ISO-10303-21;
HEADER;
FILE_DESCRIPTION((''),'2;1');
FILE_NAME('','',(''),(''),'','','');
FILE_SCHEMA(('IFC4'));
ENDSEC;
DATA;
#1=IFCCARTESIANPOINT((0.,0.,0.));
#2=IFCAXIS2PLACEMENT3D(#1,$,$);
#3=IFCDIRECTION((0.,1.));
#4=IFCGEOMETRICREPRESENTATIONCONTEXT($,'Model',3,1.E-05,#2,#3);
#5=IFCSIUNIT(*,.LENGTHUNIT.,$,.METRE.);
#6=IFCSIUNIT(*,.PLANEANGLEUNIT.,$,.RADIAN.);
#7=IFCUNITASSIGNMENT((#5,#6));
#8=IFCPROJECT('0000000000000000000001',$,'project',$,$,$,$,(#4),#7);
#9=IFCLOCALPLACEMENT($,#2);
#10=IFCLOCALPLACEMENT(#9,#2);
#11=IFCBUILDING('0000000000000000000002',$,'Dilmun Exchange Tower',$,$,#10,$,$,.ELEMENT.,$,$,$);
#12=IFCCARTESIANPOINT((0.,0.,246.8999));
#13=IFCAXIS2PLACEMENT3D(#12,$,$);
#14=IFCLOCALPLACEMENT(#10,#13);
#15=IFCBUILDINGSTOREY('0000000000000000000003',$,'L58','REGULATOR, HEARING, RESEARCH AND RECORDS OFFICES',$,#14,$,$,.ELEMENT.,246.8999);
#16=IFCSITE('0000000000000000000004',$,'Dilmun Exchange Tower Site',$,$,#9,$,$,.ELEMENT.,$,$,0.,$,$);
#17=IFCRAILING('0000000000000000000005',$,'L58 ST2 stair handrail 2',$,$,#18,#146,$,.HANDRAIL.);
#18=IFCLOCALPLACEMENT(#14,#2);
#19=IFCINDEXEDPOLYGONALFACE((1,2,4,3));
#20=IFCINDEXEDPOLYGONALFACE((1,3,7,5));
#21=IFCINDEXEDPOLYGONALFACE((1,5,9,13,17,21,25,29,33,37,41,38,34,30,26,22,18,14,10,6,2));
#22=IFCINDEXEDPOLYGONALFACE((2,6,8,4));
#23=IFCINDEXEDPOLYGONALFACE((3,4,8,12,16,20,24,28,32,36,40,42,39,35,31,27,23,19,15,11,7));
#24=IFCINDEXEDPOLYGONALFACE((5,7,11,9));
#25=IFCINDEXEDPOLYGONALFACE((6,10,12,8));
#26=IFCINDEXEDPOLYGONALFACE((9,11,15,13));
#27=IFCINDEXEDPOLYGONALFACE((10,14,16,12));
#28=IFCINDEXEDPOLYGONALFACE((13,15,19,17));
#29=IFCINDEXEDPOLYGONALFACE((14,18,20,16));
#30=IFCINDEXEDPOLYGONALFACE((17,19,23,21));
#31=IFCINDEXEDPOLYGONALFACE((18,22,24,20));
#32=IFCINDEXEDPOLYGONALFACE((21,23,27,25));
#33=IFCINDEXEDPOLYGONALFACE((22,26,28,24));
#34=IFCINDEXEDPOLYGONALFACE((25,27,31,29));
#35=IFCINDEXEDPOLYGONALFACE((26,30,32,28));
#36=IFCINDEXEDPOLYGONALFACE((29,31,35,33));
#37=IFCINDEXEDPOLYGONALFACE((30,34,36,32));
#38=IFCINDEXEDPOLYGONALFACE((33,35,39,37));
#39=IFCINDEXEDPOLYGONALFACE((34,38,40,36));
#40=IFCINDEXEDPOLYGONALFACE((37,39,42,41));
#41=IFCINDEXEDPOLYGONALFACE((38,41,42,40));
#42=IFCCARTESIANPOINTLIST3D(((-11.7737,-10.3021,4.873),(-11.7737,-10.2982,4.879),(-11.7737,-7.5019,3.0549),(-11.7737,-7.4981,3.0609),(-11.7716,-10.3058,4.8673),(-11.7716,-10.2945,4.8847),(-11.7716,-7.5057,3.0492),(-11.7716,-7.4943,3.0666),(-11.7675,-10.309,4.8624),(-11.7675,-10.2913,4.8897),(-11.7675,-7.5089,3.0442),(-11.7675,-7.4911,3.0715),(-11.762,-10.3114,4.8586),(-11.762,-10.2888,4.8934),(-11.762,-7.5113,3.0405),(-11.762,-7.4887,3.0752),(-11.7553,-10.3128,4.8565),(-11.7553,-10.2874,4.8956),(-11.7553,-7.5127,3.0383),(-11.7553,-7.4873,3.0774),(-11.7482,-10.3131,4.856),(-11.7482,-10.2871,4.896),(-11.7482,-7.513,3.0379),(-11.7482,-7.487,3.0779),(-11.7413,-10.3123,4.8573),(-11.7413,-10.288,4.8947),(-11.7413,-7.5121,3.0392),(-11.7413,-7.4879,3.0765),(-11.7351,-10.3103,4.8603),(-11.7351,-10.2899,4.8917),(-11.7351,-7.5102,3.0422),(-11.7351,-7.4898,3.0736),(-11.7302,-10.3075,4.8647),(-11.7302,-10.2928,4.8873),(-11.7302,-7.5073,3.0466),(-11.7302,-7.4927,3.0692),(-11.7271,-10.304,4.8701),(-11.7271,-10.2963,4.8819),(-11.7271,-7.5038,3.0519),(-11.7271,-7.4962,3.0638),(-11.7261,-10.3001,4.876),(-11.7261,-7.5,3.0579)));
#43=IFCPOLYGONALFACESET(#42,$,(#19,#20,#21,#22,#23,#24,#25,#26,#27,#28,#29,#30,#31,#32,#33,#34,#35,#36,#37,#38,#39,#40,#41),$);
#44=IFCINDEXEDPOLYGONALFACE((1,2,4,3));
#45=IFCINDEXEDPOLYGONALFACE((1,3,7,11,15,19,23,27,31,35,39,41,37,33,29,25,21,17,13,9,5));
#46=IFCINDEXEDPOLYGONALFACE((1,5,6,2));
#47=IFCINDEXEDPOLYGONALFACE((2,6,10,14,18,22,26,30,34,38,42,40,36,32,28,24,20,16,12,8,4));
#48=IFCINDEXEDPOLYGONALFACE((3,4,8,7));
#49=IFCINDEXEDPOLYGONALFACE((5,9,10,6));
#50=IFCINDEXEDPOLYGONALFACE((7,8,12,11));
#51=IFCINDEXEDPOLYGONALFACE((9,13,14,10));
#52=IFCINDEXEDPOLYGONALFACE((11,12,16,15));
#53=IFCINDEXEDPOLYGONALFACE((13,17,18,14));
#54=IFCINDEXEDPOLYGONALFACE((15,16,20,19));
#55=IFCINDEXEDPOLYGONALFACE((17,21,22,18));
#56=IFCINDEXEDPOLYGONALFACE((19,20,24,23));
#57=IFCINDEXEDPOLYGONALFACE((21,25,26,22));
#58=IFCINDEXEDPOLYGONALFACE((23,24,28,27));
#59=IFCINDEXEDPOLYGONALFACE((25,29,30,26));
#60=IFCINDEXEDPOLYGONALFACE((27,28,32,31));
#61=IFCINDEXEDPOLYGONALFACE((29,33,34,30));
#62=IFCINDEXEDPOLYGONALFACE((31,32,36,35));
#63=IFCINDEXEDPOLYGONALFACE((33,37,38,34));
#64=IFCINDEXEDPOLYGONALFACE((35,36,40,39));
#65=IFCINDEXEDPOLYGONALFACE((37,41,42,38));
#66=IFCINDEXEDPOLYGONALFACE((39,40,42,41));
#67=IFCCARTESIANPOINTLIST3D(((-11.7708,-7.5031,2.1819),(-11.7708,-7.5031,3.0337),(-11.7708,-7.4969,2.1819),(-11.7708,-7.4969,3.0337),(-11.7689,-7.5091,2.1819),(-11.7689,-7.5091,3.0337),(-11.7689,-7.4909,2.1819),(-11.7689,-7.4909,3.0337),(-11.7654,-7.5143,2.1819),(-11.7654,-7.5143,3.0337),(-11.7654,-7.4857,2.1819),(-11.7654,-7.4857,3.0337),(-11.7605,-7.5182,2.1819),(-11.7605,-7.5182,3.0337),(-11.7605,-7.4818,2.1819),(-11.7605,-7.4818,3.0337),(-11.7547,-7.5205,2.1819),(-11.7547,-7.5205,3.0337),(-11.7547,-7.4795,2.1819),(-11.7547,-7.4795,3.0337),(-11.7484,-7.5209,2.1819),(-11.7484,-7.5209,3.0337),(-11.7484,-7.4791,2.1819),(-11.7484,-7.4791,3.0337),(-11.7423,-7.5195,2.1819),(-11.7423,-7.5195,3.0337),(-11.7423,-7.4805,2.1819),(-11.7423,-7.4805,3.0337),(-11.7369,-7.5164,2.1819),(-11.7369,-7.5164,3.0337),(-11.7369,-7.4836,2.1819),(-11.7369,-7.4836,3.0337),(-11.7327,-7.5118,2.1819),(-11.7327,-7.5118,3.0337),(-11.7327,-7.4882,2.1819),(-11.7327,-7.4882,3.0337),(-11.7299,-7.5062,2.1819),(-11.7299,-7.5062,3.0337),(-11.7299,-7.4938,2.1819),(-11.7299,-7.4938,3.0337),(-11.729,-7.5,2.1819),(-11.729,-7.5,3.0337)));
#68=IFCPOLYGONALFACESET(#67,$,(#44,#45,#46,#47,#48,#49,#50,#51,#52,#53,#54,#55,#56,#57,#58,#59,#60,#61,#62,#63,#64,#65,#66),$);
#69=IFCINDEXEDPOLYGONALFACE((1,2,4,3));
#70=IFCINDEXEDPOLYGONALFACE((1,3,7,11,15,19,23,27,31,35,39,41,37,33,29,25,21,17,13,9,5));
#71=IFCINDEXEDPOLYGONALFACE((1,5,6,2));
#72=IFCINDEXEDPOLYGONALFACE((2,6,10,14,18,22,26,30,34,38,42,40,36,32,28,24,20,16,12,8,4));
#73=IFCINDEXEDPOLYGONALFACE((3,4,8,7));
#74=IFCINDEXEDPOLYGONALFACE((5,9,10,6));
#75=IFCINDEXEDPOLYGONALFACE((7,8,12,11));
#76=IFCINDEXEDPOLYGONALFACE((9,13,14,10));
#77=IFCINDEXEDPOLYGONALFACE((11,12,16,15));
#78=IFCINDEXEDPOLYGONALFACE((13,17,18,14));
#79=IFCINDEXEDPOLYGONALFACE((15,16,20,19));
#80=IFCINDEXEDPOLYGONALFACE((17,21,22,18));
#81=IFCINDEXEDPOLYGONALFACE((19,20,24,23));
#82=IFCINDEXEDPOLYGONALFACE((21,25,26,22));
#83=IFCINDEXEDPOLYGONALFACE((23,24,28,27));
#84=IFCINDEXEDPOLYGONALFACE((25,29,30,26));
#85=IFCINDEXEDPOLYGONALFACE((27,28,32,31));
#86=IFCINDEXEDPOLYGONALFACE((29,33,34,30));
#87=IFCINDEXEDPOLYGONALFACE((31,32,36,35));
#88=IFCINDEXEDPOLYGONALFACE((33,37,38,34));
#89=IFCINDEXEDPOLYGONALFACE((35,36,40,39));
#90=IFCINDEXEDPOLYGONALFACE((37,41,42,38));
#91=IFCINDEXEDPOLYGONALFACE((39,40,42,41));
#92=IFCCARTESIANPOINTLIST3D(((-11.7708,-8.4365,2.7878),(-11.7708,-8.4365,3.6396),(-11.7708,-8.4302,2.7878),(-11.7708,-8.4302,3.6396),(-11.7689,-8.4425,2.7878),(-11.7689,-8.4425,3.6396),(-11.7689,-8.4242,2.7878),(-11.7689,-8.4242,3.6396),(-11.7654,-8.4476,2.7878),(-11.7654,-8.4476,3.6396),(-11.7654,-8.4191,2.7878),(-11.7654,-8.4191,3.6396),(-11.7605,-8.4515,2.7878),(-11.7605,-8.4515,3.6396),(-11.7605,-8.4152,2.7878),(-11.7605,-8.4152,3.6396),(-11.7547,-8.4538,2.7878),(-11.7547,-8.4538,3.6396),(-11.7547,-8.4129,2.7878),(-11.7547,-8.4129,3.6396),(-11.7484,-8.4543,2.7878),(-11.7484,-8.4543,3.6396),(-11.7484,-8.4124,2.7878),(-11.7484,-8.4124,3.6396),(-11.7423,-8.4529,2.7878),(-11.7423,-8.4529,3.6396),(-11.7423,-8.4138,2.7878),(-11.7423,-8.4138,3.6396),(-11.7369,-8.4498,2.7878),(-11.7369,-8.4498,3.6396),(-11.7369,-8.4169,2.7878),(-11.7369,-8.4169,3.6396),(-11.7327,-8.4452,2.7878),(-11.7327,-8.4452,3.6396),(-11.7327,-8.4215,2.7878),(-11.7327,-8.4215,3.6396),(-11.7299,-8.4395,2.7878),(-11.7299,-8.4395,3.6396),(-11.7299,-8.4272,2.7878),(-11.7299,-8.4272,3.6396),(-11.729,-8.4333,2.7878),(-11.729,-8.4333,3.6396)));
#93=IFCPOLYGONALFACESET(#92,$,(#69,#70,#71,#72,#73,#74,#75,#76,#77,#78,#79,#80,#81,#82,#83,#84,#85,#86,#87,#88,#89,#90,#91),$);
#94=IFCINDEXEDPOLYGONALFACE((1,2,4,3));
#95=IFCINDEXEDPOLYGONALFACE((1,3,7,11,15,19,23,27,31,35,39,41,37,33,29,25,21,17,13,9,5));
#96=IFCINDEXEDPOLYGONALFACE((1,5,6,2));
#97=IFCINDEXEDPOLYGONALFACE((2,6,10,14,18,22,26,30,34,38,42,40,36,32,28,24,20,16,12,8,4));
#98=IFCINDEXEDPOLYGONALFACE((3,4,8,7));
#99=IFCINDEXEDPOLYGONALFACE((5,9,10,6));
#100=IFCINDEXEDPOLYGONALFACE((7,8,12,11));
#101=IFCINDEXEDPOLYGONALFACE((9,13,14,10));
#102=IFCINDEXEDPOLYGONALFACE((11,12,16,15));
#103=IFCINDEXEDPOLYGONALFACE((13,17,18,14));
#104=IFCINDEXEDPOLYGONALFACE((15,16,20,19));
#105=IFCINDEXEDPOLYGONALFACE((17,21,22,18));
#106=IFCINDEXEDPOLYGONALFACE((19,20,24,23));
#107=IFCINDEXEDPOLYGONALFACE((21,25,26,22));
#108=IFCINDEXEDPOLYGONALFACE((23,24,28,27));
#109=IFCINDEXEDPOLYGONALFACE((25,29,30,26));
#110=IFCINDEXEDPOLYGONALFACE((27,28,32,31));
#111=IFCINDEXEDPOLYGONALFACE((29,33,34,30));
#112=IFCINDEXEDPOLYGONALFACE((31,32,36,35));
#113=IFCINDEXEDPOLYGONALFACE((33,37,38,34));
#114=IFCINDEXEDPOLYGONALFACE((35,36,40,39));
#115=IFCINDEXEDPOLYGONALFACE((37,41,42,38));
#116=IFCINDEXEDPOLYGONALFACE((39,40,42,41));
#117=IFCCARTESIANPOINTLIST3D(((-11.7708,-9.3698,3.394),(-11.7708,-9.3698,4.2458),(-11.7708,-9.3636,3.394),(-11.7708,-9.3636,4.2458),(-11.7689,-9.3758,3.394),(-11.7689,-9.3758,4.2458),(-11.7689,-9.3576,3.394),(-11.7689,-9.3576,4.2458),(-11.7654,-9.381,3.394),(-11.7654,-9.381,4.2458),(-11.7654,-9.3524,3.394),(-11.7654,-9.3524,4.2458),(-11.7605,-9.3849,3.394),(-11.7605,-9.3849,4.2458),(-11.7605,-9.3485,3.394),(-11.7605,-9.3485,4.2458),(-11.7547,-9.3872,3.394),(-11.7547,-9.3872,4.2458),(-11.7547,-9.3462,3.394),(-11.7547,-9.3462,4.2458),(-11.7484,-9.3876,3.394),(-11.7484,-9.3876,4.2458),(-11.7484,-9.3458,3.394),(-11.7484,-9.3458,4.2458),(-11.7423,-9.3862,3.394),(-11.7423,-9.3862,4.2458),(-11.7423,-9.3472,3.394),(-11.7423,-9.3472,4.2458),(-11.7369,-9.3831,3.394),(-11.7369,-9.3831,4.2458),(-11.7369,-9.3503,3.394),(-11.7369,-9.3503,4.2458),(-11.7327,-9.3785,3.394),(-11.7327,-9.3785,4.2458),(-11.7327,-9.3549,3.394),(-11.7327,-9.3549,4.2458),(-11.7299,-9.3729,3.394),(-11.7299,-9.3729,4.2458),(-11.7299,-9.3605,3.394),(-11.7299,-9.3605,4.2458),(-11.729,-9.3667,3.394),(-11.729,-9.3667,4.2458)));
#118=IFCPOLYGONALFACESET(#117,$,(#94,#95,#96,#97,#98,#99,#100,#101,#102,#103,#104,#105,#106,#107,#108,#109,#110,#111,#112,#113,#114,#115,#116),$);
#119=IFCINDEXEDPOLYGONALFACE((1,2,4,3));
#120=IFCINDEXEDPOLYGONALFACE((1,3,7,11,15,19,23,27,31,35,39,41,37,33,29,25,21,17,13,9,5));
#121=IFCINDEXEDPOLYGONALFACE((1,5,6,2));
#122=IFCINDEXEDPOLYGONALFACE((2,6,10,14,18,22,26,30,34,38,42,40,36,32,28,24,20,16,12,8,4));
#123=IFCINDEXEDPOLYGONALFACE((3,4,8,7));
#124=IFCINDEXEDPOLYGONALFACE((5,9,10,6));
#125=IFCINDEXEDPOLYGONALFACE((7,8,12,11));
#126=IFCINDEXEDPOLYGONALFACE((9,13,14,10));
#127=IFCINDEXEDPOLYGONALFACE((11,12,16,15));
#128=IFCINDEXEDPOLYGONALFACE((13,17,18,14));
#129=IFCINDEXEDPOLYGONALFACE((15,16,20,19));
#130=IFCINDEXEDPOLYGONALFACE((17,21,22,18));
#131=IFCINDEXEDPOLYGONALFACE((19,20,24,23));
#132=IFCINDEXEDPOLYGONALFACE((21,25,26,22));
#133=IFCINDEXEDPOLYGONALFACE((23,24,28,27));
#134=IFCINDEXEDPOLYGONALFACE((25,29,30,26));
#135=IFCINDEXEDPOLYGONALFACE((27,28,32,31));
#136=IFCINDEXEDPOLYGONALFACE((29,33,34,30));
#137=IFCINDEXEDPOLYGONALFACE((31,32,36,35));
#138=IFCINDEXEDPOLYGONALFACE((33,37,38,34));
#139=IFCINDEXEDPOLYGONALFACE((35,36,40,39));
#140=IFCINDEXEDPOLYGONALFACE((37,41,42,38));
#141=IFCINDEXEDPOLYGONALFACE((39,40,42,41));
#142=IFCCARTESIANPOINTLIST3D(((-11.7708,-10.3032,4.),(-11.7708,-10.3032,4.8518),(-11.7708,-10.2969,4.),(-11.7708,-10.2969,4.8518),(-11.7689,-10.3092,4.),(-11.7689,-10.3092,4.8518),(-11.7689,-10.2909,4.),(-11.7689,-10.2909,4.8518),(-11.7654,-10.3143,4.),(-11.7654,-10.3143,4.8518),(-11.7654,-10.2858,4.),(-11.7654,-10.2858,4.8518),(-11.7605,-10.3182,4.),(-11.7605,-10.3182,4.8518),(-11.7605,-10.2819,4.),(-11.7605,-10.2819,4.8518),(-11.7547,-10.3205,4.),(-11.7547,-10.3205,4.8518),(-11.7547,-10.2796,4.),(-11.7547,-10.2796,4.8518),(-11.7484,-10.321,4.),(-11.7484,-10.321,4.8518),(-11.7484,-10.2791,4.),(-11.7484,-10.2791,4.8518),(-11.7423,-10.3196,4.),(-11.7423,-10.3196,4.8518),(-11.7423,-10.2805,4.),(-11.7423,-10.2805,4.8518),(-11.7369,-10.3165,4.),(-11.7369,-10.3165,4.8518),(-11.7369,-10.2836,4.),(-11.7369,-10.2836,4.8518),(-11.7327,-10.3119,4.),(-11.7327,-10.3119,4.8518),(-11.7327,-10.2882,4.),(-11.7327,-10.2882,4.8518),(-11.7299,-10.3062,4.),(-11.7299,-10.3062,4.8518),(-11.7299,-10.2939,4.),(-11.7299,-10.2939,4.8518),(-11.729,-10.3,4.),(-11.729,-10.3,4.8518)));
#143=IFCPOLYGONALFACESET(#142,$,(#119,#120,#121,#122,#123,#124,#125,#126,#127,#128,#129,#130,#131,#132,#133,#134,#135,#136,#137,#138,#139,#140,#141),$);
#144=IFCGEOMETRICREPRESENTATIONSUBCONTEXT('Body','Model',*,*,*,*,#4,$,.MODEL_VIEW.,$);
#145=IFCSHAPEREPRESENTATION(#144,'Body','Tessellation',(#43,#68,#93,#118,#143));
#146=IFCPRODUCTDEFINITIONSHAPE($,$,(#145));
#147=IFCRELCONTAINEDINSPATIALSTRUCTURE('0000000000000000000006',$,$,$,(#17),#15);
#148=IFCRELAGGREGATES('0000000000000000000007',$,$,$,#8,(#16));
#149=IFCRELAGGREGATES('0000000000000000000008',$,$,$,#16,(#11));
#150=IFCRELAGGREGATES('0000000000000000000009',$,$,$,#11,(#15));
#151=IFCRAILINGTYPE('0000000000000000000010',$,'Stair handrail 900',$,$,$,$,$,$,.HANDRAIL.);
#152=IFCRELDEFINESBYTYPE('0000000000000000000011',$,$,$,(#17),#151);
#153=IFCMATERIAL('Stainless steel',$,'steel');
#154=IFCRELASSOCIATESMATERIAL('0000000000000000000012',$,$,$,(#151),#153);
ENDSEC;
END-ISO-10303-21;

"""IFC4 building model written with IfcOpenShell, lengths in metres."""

from ifc_helpers import new_model, si_unit, direction, frame, origin, origin_2d, place, context, subcontext, project, spatial, circle, extrude, material, type_object, element, save


model = new_model("IFC4")

# Units and contexts
model_context = context("Model", 3, precision=1e-05, world=origin(), true_north=direction((0.0, 1.0)))
body_context = subcontext(model_context, "Body", "Model", "MODEL_VIEW")
ifc_project = project(units=[si_unit("LENGTHUNIT", "METRE"), si_unit("PLANEANGLEUNIT", "RADIAN")], contexts=[model_context])

# Site, building, storey
site_placement = place(None, origin())
site = spatial("IfcSite", under=ifc_project, at=site_placement, Name="Dilmun Exchange Tower Site", CompositionType="ELEMENT", RefElevation=0.0)
building_placement = place(site_placement, origin())
building = spatial("IfcBuilding", under=site, at=building_placement, Name="Dilmun Exchange Tower", CompositionType="ELEMENT")
storey_placement = place(building_placement, frame((0.0, 0.0, 246.8999)))
storey = spatial("IfcBuildingStorey", under=building, at=storey_placement, Name="L58", Description="REGULATOR, HEARING, RESEARCH AND RECORDS OFFICES", CompositionType="ELEMENT", Elevation=246.8999)

# Railing
ifc_material_1 = material(Name="Stainless steel", Category="steel")
railing_type = type_object("IfcRailingType", Name="Stair handrail 900", PredefinedType="HANDRAIL", material=ifc_material_1)
railing_1_placement = place(storey_placement, frame((-11.75, -7.5, 2.1819)))
element("IfcRailing", 1, at=railing_1_placement, inside=storey, type_object=railing_type, Name="L58 ST2 stair handrail 2", PredefinedType="HANDRAIL", context=body_context, shape_type="SweptSolid", body=[
    extrude(circle(Radius=0.0239, at=origin_2d()), frame((0.0, 0.0, 0.876), z_axis=(0.0, -0.838706, 0.544585), x_axis=(1.0, 0.0, 0.0)), (0.0, 0.0, 1.0), 3.3386),
    extrude(circle(Radius=0.021, at=origin_2d()), origin(), (0.0, 0.0, 1.0), 0.8518),
    extrude(circle(Radius=0.021, at=origin_2d()), frame((0.0, -0.9333, 0.606)), (0.0, 0.0, 1.0), 0.8518),
    extrude(circle(Radius=0.021, at=origin_2d()), frame((0.0, -1.8667, 1.2122)), (0.0, 0.0, 1.0), 0.8518),
    extrude(circle(Radius=0.021, at=origin_2d()), frame((0.0, -2.8, 1.8181)), (0.0, 0.0, 1.0), 0.8518),
])

save(model, "model.ifc")
